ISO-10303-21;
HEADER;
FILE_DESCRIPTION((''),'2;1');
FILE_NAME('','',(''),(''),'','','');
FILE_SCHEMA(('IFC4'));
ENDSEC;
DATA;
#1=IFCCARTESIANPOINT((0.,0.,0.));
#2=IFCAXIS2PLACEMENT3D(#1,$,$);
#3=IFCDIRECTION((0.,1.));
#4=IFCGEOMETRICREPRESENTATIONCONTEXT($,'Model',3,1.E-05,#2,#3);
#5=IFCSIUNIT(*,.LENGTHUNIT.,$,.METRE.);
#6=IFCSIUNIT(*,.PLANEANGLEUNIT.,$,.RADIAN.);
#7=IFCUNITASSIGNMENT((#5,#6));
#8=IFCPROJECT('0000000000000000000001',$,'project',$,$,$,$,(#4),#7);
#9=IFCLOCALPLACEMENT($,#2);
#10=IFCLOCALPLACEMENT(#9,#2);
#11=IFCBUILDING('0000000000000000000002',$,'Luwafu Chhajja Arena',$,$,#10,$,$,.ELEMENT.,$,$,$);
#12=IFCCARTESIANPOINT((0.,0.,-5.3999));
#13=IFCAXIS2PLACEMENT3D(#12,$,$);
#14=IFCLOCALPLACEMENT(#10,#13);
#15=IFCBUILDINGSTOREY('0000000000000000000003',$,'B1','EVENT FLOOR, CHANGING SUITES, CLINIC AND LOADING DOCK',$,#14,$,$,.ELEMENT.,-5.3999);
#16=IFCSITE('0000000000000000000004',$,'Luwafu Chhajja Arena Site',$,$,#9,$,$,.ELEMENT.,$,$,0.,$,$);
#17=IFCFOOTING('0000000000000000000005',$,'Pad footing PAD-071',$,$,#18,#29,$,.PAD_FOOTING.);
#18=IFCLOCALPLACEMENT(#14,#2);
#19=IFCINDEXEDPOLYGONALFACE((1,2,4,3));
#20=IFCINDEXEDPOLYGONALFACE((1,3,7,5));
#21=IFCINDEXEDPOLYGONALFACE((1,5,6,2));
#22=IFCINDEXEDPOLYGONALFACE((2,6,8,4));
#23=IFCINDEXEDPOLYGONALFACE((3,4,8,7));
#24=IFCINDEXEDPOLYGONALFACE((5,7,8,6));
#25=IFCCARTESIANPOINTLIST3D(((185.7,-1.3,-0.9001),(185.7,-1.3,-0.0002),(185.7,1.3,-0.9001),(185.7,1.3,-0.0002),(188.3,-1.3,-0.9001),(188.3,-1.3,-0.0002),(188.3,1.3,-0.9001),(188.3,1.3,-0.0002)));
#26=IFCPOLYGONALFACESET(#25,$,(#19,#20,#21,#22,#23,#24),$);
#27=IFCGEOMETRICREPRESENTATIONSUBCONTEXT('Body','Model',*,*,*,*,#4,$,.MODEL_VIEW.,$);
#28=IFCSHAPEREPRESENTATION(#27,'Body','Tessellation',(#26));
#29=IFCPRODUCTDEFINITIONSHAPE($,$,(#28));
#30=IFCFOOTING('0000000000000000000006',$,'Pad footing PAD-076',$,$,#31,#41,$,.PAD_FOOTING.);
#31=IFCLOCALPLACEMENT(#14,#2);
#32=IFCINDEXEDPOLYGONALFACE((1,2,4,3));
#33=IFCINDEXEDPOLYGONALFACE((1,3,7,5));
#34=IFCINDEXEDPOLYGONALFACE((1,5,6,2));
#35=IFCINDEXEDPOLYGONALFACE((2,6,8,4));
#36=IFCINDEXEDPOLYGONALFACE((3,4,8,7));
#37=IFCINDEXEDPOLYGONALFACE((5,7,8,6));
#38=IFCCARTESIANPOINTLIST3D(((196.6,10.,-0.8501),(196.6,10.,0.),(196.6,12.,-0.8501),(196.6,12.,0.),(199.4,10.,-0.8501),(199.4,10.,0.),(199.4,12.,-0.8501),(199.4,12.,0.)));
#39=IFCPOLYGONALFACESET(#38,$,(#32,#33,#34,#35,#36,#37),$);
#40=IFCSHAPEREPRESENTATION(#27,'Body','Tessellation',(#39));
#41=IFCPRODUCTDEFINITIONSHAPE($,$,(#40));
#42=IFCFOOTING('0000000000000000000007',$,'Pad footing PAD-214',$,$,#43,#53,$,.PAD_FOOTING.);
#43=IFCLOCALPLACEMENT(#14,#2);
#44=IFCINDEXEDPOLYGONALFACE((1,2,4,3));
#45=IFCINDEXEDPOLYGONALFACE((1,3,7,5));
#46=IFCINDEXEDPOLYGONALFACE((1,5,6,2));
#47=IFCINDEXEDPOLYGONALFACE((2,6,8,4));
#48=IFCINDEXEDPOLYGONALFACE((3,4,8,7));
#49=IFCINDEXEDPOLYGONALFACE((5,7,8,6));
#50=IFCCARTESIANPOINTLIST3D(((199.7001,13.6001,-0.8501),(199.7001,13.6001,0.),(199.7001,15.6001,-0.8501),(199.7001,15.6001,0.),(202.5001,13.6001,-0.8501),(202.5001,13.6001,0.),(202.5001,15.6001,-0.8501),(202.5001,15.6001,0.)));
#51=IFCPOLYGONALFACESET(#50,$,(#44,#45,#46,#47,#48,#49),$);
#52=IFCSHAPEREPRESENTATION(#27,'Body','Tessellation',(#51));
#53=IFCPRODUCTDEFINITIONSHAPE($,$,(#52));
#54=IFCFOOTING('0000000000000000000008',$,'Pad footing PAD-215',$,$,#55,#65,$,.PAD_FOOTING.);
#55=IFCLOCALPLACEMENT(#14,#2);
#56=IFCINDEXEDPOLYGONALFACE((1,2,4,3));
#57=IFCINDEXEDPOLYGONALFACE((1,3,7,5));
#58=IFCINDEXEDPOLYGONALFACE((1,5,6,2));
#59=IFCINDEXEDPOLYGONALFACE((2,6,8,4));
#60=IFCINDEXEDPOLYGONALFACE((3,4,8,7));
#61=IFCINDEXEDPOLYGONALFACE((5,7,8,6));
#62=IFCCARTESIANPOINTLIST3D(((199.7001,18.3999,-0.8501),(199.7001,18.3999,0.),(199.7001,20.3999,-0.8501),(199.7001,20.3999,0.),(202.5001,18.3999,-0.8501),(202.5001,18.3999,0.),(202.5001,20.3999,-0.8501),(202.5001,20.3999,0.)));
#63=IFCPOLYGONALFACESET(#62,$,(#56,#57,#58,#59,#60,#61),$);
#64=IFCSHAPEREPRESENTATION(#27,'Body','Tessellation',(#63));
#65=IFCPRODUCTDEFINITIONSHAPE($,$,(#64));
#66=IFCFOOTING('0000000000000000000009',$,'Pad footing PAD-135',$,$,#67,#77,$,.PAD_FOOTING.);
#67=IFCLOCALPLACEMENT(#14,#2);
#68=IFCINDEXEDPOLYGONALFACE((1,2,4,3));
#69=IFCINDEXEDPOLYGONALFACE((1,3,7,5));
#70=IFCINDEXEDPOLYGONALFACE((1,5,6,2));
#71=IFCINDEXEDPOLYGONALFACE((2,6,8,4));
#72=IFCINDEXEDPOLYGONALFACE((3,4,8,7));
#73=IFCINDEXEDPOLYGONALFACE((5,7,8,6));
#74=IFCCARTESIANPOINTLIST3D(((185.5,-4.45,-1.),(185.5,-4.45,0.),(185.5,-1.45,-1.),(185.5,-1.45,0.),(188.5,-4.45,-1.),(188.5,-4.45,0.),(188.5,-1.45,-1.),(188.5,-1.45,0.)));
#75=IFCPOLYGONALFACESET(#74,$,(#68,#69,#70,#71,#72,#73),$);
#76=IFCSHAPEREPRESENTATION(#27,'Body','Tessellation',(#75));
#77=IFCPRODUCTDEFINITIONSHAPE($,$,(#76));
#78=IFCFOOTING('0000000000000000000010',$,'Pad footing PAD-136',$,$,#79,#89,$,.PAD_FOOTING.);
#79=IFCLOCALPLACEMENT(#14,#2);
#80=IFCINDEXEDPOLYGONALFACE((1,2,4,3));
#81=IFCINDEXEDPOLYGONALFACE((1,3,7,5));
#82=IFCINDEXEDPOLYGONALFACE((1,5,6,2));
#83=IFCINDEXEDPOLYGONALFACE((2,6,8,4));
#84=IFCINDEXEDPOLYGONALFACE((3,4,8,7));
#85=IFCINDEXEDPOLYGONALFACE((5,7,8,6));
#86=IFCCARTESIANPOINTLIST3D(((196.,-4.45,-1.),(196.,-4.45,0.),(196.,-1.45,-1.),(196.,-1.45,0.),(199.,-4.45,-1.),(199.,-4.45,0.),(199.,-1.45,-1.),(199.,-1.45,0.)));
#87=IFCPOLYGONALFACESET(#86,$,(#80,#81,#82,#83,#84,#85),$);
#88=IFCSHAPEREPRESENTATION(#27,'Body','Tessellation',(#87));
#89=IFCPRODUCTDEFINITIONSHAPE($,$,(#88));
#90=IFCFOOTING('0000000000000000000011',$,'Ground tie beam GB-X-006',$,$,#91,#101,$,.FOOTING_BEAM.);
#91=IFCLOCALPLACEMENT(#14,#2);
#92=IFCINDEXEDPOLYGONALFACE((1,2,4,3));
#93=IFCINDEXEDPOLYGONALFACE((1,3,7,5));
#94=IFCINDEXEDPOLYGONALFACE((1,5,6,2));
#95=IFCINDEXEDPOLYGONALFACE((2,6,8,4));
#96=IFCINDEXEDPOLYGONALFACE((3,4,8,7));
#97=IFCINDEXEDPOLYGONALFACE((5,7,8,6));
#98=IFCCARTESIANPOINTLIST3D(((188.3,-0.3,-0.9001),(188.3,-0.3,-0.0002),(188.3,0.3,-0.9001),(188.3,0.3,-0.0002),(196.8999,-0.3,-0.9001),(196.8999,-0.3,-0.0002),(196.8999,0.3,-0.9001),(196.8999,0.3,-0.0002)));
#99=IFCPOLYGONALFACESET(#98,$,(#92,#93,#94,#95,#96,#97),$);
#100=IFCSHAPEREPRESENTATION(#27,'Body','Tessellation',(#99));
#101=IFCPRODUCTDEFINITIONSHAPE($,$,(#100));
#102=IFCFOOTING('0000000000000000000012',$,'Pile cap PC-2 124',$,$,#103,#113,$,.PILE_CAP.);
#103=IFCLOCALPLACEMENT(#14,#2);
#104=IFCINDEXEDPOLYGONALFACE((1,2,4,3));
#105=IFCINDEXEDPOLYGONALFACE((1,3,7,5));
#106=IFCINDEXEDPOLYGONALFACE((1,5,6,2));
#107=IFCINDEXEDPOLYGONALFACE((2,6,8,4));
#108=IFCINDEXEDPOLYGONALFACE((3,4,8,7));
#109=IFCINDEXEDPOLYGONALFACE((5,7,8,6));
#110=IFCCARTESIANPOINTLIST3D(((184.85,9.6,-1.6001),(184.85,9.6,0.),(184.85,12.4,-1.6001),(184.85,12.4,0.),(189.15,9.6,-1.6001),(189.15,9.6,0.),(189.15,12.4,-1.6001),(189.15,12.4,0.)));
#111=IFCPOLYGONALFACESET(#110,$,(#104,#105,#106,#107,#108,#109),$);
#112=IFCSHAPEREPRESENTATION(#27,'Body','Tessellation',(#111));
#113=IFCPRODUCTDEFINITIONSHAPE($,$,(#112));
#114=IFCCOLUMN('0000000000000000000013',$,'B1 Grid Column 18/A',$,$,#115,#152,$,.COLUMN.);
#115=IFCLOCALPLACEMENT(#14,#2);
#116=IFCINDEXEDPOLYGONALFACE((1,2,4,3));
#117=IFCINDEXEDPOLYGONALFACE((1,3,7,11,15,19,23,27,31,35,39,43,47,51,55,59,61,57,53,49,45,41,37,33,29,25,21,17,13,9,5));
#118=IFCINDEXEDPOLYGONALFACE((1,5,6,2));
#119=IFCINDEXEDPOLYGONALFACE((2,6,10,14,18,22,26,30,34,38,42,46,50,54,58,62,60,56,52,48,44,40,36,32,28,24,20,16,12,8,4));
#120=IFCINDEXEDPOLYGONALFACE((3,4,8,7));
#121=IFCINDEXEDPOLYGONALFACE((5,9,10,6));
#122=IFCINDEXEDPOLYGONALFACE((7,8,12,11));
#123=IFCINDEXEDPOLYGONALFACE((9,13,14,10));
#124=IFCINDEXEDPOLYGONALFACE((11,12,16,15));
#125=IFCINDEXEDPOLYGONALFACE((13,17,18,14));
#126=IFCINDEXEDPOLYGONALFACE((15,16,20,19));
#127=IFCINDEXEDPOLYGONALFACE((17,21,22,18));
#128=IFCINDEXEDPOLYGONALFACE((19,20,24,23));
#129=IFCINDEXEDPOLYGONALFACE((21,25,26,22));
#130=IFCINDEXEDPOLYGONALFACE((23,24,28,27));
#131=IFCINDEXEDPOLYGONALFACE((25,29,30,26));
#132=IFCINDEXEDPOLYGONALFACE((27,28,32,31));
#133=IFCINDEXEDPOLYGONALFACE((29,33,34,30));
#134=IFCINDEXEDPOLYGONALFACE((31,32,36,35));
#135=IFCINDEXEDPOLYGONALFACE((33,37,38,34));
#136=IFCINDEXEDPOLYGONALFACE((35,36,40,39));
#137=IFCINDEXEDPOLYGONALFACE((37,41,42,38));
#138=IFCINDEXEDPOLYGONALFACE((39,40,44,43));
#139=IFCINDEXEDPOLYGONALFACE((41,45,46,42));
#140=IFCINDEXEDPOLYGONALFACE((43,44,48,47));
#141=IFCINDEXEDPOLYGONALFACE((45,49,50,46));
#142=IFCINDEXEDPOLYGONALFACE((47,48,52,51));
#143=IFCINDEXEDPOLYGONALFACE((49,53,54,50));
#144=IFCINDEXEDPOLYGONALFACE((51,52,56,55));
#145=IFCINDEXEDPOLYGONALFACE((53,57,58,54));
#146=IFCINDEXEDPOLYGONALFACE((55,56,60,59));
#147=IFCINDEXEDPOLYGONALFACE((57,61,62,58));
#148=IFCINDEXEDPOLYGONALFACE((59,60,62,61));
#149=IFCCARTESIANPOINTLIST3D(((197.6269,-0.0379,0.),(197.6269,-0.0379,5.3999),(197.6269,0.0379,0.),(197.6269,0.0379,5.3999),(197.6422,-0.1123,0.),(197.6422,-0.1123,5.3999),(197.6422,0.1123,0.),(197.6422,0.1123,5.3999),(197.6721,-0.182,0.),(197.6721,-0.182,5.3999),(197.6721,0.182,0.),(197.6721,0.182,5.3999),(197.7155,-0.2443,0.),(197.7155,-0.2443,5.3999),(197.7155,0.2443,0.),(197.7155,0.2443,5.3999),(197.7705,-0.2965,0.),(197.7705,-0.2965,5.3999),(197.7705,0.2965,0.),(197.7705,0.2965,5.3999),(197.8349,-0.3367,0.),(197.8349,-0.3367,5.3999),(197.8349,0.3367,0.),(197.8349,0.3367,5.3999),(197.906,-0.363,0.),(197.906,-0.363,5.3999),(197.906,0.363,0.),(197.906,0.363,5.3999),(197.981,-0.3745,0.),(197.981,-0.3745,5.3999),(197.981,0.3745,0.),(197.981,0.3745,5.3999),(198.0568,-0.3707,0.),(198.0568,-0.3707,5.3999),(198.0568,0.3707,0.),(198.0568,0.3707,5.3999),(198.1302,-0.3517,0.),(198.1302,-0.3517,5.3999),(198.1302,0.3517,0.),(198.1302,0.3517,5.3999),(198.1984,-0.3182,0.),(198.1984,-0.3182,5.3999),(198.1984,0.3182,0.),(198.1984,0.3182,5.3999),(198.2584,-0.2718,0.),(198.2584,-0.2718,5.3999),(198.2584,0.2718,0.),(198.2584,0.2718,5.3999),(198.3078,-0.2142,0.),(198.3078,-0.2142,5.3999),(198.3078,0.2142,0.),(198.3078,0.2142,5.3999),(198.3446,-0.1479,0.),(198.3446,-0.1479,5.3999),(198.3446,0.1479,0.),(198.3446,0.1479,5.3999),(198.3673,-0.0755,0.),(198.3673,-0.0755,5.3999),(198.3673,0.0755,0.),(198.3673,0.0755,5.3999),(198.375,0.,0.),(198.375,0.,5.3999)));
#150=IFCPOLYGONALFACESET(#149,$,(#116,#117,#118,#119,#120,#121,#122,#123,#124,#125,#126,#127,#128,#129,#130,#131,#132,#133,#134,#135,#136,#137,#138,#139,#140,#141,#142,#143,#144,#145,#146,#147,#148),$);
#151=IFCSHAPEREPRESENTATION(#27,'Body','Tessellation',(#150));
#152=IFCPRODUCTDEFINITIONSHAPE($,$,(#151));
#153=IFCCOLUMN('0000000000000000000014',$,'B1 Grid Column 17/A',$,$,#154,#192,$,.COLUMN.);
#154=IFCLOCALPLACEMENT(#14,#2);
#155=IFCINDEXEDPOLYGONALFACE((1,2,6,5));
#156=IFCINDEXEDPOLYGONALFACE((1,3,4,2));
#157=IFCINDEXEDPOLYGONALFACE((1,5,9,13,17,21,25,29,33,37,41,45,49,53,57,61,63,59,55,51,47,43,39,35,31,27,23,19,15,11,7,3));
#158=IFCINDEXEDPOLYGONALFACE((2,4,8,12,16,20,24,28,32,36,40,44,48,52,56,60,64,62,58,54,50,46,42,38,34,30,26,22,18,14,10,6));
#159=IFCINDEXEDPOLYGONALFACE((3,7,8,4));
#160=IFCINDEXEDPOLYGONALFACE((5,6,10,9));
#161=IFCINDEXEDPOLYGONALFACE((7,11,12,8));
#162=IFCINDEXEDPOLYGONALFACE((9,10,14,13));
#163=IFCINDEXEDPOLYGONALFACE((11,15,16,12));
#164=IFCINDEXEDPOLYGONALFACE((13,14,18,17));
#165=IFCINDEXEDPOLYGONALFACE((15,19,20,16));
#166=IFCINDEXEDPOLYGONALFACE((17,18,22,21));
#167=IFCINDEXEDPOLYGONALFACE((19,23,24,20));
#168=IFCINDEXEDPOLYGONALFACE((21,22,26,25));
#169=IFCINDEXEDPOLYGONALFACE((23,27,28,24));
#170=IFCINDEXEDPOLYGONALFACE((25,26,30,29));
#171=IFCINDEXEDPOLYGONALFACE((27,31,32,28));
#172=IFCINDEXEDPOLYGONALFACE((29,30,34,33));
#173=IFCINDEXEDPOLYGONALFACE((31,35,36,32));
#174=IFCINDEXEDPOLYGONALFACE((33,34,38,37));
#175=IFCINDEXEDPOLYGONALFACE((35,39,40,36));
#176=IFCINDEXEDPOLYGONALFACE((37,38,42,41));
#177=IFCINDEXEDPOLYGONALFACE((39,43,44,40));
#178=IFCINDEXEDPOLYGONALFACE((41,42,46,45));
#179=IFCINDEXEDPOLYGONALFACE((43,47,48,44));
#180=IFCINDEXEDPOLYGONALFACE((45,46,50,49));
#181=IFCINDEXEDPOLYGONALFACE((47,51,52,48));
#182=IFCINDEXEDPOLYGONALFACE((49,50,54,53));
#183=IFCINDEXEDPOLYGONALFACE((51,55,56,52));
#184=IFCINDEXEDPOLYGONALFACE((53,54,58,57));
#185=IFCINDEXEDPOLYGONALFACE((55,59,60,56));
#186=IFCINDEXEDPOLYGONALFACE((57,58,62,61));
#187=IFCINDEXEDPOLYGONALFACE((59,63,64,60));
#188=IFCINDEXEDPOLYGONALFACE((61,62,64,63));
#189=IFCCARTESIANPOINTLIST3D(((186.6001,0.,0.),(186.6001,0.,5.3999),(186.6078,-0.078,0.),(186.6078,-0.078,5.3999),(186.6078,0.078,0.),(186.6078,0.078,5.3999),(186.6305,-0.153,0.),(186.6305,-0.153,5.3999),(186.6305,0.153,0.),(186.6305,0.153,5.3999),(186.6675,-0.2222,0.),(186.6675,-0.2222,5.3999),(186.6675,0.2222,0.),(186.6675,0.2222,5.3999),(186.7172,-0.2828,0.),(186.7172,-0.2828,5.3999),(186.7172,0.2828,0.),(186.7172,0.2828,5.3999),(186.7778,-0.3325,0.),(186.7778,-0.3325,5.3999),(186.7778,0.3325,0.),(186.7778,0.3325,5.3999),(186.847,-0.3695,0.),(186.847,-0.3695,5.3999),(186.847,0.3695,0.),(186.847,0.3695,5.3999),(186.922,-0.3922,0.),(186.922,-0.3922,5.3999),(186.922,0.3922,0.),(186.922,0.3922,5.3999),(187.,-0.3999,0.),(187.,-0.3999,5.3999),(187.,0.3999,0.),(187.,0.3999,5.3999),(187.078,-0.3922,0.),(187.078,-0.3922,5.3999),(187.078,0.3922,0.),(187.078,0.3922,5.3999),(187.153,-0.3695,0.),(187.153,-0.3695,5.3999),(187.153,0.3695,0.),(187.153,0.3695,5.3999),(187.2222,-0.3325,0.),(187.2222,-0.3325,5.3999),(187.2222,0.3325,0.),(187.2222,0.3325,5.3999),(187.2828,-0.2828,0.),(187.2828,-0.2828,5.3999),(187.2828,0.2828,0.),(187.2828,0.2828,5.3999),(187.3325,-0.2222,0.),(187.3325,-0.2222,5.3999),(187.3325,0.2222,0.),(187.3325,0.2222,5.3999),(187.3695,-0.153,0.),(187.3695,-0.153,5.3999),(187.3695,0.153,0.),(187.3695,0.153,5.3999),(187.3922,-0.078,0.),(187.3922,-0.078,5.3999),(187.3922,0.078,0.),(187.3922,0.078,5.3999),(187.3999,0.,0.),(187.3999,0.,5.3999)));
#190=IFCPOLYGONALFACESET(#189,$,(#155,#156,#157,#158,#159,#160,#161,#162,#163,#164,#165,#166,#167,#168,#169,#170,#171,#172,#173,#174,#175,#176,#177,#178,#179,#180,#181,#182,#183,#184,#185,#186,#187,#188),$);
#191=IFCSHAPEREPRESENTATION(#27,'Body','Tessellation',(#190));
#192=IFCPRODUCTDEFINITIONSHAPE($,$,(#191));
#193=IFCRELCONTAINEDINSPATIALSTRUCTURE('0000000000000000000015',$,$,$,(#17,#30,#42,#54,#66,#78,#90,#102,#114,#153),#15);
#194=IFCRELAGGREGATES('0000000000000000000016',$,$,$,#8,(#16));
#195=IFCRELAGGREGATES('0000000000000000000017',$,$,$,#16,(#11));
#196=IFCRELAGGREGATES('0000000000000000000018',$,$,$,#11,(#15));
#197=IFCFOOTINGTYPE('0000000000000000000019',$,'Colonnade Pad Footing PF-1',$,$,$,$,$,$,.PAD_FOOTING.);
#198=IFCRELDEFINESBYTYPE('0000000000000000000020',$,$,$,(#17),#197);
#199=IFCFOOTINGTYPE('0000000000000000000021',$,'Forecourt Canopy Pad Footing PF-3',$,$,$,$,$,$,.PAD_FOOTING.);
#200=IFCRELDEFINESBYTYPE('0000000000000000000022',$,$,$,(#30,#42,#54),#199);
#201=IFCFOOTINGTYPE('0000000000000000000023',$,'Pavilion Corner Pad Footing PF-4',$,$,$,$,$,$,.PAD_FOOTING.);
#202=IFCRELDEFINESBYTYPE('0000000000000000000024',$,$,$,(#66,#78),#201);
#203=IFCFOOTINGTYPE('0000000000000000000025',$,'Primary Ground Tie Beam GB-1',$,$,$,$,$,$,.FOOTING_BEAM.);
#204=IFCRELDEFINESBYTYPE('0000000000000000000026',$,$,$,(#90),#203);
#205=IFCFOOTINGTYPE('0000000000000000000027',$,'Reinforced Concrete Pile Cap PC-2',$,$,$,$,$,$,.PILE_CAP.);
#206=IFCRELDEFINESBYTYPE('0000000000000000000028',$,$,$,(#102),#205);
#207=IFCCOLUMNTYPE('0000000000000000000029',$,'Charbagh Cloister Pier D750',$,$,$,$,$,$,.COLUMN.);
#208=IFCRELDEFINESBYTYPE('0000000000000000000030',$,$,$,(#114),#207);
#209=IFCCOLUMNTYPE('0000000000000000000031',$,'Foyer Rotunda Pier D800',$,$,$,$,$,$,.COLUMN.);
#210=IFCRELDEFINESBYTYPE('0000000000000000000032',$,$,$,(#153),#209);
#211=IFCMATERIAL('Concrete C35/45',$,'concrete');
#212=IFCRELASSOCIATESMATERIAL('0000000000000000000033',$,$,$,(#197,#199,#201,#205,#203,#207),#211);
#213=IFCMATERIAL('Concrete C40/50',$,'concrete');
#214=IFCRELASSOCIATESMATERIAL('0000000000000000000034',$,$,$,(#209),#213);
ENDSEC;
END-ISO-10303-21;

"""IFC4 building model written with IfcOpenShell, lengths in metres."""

from ifc_helpers import new_model, si_unit, direction, frame, origin, origin_2d, place, context, subcontext, project, spatial, rectangle, circle, extrude, material, material_profile, profile_set, type_object, element, save


model = new_model("IFC4")

# Units and contexts
model_context = context("Model", 3, precision=1e-05, world=origin(), true_north=direction((0.0, 1.0)))
body_context = subcontext(model_context, "Body", "Model", "MODEL_VIEW")
ifc_project = project(units=[si_unit("LENGTHUNIT", "METRE"), si_unit("PLANEANGLEUNIT", "RADIAN")], contexts=[model_context])

# Site, building, storey
site_placement = place(None, origin())
site = spatial("IfcSite", under=ifc_project, at=site_placement, Name="Luwafu Chhajja Arena Site", CompositionType="ELEMENT", RefElevation=0.0)
building_placement = place(site_placement, origin())
building = spatial("IfcBuilding", under=site, at=building_placement, Name="Luwafu Chhajja Arena", CompositionType="ELEMENT")
storey_placement = place(building_placement, frame((0.0, 0.0, -5.3999)))
storey = spatial("IfcBuildingStorey", under=building, at=storey_placement, Name="B1", Description="EVENT FLOOR, CHANGING SUITES, CLINIC AND LOADING DOCK", CompositionType="ELEMENT", Elevation=-5.3999)

# Shared definitions
ifc_material_1 = material(Name="Concrete C35/45", Category="concrete")

# Footings
footing_type_1 = type_object("IfcFootingType", Name="Colonnade Pad Footing PF-1", PredefinedType="PAD_FOOTING", material=ifc_material_1)
footing_1_placement = place(storey_placement, frame((187.0, 0.0, -0.9001), z_axis=(0.0, 0.0, 1.0), x_axis=(1.0, 0.0, 0.0)))
element("IfcFooting", 1, at=footing_1_placement, inside=storey, type_object=footing_type_1, Name="Pad footing PAD-071", PredefinedType="PAD_FOOTING", context=body_context, shape_type="SweptSolid", body=[
    extrude(rectangle(XDim=2.6001, YDim=2.6001, at=origin_2d()), origin(), (0.0, 0.0, 1.0), 0.8999),
])
footing_type_2 = type_object("IfcFootingType", Name="Forecourt Canopy Pad Footing PF-3", PredefinedType="PAD_FOOTING", material=ifc_material_1)
for number, where, z_axis, x_axis, name in (
    (2, (198.0, 11.0, -0.8501), (0.0, 0.0, 1.0), (1.0, 0.0, 0.0), "Pad footing PAD-076"),
    (3, (201.1001, 14.6001, -0.8501), (0.0, 0.0, 1.0), (1.0, 0.0, 0.0), "Pad footing PAD-214"),
    (4, (201.1001, 19.3999, -0.8501), (0.0, 0.0, 1.0), (1.0, 0.0, 0.0), "Pad footing PAD-215"),
):
    element("IfcFooting", number, at=place(storey_placement, frame(where, z_axis=z_axis, x_axis=x_axis)), inside=storey, type_object=footing_type_2, Name=name, PredefinedType="PAD_FOOTING", context=body_context, shape_type="SweptSolid", body=[
        extrude(rectangle(XDim=2.8, YDim=2.0, at=origin_2d()), origin(), (0.0, 0.0, 1.0), 0.8501),
    ])
footing_type_3 = type_object("IfcFootingType", Name="Pavilion Corner Pad Footing PF-4", PredefinedType="PAD_FOOTING", material=ifc_material_1)
for number, where, z_axis, x_axis, name in (
    (5, (187.0, -2.95, -1.0), (0.0, 0.0, 1.0), (1.0, 0.0, 0.0), "Pad footing PAD-135"),
    (6, (197.5, -2.95, -1.0), (0.0, 0.0, 1.0), (1.0, 0.0, 0.0), "Pad footing PAD-136"),
):
    element("IfcFooting", number, at=place(storey_placement, frame(where, z_axis=z_axis, x_axis=x_axis)), inside=storey, type_object=footing_type_3, Name=name, PredefinedType="PAD_FOOTING", context=body_context, shape_type="SweptSolid", body=[
        extrude(rectangle(XDim=3.0, YDim=3.0, at=origin_2d()), origin(), (0.0, 0.0, 1.0), 1.0),
    ])
ifc_material_profile_1 = material_profile(ifc_material_1, rectangle(XDim=0.6001, YDim=0.8999, at=origin_2d()), Name="RC 600x900")
ifc_profile_set_1 = profile_set([ifc_material_profile_1], Name="Concrete C35/45")
footing_type_4 = type_object("IfcFootingType", Name="Primary Ground Tie Beam GB-1", PredefinedType="FOOTING_BEAM", material=ifc_profile_set_1)
footing_2_placement = place(storey_placement, frame((188.3, 0.0, -0.4502), z_axis=(1.0, 0.0, 0.0), x_axis=(0.0, 1.0, 0.0)))
element("IfcFooting", 7, at=footing_2_placement, inside=storey, type_object=footing_type_4, Name="Ground tie beam GB-X-006", PredefinedType="FOOTING_BEAM", context=body_context, shape_type="SweptSolid", body=[
    extrude(rectangle(XDim=0.6001, YDim=0.8999, at=origin_2d()), origin(), (0.0, 0.0, 1.0), 8.5999),
])
footing_type_5 = type_object("IfcFootingType", Name="Reinforced Concrete Pile Cap PC-2", PredefinedType="PILE_CAP", material=ifc_material_1)
footing_3_placement = place(storey_placement, frame((187.0, 11.0, -1.6001), z_axis=(0.0, 0.0, 1.0), x_axis=(1.0, 0.0, 0.0)))
element("IfcFooting", 8, at=footing_3_placement, inside=storey, type_object=footing_type_5, Name="Pile cap PC-2 124", PredefinedType="PILE_CAP", context=body_context, shape_type="SweptSolid", body=[
    extrude(rectangle(XDim=4.3, YDim=2.8, at=origin_2d()), origin(), (0.0, 0.0, 1.0), 1.6001),
])

# Columns
ifc_material_profile_2 = material_profile(ifc_material_1, circle(Radius=0.375, at=origin_2d()), Name="RC COL D750")
ifc_profile_set_2 = profile_set([ifc_material_profile_2], Name="Concrete C35/45")
column_type_1 = type_object("IfcColumnType", Name="Charbagh Cloister Pier D750", PredefinedType="COLUMN", material=ifc_profile_set_2)
column_1_placement = place(storey_placement, frame((198.0, 0.0, 0.0), z_axis=(0.0, 0.0, 1.0), x_axis=(1.0, 0.0, 0.0)))
element("IfcColumn", 9, at=column_1_placement, inside=storey, type_object=column_type_1, Name="B1 Grid Column 18/A", PredefinedType="COLUMN", context=body_context, shape_type="SweptSolid", body=[
    extrude(circle(Radius=0.375, at=origin_2d()), origin(), (0.0, 0.0, 1.0), 5.3999),
])
ifc_material_2 = material(Name="Concrete C40/50", Category="concrete")
ifc_material_profile_3 = material_profile(ifc_material_2, circle(Radius=0.3999, at=origin_2d()), Name="RC COL D800")
ifc_profile_set_3 = profile_set([ifc_material_profile_3], Name="Concrete C40/50")
column_type_2 = type_object("IfcColumnType", Name="Foyer Rotunda Pier D800", PredefinedType="COLUMN", material=ifc_profile_set_3)
column_2_placement = place(storey_placement, frame((187.0, 0.0, 0.0), z_axis=(0.0, 0.0, 1.0), x_axis=(1.0, 0.0, 0.0)))
element("IfcColumn", 10, at=column_2_placement, inside=storey, type_object=column_type_2, Name="B1 Grid Column 17/A", PredefinedType="COLUMN", context=body_context, shape_type="SweptSolid", body=[
    extrude(circle(Radius=0.3999, at=origin_2d()), origin(), (0.0, 0.0, 1.0), 5.3999),
])

save(model, "model.ifc")
